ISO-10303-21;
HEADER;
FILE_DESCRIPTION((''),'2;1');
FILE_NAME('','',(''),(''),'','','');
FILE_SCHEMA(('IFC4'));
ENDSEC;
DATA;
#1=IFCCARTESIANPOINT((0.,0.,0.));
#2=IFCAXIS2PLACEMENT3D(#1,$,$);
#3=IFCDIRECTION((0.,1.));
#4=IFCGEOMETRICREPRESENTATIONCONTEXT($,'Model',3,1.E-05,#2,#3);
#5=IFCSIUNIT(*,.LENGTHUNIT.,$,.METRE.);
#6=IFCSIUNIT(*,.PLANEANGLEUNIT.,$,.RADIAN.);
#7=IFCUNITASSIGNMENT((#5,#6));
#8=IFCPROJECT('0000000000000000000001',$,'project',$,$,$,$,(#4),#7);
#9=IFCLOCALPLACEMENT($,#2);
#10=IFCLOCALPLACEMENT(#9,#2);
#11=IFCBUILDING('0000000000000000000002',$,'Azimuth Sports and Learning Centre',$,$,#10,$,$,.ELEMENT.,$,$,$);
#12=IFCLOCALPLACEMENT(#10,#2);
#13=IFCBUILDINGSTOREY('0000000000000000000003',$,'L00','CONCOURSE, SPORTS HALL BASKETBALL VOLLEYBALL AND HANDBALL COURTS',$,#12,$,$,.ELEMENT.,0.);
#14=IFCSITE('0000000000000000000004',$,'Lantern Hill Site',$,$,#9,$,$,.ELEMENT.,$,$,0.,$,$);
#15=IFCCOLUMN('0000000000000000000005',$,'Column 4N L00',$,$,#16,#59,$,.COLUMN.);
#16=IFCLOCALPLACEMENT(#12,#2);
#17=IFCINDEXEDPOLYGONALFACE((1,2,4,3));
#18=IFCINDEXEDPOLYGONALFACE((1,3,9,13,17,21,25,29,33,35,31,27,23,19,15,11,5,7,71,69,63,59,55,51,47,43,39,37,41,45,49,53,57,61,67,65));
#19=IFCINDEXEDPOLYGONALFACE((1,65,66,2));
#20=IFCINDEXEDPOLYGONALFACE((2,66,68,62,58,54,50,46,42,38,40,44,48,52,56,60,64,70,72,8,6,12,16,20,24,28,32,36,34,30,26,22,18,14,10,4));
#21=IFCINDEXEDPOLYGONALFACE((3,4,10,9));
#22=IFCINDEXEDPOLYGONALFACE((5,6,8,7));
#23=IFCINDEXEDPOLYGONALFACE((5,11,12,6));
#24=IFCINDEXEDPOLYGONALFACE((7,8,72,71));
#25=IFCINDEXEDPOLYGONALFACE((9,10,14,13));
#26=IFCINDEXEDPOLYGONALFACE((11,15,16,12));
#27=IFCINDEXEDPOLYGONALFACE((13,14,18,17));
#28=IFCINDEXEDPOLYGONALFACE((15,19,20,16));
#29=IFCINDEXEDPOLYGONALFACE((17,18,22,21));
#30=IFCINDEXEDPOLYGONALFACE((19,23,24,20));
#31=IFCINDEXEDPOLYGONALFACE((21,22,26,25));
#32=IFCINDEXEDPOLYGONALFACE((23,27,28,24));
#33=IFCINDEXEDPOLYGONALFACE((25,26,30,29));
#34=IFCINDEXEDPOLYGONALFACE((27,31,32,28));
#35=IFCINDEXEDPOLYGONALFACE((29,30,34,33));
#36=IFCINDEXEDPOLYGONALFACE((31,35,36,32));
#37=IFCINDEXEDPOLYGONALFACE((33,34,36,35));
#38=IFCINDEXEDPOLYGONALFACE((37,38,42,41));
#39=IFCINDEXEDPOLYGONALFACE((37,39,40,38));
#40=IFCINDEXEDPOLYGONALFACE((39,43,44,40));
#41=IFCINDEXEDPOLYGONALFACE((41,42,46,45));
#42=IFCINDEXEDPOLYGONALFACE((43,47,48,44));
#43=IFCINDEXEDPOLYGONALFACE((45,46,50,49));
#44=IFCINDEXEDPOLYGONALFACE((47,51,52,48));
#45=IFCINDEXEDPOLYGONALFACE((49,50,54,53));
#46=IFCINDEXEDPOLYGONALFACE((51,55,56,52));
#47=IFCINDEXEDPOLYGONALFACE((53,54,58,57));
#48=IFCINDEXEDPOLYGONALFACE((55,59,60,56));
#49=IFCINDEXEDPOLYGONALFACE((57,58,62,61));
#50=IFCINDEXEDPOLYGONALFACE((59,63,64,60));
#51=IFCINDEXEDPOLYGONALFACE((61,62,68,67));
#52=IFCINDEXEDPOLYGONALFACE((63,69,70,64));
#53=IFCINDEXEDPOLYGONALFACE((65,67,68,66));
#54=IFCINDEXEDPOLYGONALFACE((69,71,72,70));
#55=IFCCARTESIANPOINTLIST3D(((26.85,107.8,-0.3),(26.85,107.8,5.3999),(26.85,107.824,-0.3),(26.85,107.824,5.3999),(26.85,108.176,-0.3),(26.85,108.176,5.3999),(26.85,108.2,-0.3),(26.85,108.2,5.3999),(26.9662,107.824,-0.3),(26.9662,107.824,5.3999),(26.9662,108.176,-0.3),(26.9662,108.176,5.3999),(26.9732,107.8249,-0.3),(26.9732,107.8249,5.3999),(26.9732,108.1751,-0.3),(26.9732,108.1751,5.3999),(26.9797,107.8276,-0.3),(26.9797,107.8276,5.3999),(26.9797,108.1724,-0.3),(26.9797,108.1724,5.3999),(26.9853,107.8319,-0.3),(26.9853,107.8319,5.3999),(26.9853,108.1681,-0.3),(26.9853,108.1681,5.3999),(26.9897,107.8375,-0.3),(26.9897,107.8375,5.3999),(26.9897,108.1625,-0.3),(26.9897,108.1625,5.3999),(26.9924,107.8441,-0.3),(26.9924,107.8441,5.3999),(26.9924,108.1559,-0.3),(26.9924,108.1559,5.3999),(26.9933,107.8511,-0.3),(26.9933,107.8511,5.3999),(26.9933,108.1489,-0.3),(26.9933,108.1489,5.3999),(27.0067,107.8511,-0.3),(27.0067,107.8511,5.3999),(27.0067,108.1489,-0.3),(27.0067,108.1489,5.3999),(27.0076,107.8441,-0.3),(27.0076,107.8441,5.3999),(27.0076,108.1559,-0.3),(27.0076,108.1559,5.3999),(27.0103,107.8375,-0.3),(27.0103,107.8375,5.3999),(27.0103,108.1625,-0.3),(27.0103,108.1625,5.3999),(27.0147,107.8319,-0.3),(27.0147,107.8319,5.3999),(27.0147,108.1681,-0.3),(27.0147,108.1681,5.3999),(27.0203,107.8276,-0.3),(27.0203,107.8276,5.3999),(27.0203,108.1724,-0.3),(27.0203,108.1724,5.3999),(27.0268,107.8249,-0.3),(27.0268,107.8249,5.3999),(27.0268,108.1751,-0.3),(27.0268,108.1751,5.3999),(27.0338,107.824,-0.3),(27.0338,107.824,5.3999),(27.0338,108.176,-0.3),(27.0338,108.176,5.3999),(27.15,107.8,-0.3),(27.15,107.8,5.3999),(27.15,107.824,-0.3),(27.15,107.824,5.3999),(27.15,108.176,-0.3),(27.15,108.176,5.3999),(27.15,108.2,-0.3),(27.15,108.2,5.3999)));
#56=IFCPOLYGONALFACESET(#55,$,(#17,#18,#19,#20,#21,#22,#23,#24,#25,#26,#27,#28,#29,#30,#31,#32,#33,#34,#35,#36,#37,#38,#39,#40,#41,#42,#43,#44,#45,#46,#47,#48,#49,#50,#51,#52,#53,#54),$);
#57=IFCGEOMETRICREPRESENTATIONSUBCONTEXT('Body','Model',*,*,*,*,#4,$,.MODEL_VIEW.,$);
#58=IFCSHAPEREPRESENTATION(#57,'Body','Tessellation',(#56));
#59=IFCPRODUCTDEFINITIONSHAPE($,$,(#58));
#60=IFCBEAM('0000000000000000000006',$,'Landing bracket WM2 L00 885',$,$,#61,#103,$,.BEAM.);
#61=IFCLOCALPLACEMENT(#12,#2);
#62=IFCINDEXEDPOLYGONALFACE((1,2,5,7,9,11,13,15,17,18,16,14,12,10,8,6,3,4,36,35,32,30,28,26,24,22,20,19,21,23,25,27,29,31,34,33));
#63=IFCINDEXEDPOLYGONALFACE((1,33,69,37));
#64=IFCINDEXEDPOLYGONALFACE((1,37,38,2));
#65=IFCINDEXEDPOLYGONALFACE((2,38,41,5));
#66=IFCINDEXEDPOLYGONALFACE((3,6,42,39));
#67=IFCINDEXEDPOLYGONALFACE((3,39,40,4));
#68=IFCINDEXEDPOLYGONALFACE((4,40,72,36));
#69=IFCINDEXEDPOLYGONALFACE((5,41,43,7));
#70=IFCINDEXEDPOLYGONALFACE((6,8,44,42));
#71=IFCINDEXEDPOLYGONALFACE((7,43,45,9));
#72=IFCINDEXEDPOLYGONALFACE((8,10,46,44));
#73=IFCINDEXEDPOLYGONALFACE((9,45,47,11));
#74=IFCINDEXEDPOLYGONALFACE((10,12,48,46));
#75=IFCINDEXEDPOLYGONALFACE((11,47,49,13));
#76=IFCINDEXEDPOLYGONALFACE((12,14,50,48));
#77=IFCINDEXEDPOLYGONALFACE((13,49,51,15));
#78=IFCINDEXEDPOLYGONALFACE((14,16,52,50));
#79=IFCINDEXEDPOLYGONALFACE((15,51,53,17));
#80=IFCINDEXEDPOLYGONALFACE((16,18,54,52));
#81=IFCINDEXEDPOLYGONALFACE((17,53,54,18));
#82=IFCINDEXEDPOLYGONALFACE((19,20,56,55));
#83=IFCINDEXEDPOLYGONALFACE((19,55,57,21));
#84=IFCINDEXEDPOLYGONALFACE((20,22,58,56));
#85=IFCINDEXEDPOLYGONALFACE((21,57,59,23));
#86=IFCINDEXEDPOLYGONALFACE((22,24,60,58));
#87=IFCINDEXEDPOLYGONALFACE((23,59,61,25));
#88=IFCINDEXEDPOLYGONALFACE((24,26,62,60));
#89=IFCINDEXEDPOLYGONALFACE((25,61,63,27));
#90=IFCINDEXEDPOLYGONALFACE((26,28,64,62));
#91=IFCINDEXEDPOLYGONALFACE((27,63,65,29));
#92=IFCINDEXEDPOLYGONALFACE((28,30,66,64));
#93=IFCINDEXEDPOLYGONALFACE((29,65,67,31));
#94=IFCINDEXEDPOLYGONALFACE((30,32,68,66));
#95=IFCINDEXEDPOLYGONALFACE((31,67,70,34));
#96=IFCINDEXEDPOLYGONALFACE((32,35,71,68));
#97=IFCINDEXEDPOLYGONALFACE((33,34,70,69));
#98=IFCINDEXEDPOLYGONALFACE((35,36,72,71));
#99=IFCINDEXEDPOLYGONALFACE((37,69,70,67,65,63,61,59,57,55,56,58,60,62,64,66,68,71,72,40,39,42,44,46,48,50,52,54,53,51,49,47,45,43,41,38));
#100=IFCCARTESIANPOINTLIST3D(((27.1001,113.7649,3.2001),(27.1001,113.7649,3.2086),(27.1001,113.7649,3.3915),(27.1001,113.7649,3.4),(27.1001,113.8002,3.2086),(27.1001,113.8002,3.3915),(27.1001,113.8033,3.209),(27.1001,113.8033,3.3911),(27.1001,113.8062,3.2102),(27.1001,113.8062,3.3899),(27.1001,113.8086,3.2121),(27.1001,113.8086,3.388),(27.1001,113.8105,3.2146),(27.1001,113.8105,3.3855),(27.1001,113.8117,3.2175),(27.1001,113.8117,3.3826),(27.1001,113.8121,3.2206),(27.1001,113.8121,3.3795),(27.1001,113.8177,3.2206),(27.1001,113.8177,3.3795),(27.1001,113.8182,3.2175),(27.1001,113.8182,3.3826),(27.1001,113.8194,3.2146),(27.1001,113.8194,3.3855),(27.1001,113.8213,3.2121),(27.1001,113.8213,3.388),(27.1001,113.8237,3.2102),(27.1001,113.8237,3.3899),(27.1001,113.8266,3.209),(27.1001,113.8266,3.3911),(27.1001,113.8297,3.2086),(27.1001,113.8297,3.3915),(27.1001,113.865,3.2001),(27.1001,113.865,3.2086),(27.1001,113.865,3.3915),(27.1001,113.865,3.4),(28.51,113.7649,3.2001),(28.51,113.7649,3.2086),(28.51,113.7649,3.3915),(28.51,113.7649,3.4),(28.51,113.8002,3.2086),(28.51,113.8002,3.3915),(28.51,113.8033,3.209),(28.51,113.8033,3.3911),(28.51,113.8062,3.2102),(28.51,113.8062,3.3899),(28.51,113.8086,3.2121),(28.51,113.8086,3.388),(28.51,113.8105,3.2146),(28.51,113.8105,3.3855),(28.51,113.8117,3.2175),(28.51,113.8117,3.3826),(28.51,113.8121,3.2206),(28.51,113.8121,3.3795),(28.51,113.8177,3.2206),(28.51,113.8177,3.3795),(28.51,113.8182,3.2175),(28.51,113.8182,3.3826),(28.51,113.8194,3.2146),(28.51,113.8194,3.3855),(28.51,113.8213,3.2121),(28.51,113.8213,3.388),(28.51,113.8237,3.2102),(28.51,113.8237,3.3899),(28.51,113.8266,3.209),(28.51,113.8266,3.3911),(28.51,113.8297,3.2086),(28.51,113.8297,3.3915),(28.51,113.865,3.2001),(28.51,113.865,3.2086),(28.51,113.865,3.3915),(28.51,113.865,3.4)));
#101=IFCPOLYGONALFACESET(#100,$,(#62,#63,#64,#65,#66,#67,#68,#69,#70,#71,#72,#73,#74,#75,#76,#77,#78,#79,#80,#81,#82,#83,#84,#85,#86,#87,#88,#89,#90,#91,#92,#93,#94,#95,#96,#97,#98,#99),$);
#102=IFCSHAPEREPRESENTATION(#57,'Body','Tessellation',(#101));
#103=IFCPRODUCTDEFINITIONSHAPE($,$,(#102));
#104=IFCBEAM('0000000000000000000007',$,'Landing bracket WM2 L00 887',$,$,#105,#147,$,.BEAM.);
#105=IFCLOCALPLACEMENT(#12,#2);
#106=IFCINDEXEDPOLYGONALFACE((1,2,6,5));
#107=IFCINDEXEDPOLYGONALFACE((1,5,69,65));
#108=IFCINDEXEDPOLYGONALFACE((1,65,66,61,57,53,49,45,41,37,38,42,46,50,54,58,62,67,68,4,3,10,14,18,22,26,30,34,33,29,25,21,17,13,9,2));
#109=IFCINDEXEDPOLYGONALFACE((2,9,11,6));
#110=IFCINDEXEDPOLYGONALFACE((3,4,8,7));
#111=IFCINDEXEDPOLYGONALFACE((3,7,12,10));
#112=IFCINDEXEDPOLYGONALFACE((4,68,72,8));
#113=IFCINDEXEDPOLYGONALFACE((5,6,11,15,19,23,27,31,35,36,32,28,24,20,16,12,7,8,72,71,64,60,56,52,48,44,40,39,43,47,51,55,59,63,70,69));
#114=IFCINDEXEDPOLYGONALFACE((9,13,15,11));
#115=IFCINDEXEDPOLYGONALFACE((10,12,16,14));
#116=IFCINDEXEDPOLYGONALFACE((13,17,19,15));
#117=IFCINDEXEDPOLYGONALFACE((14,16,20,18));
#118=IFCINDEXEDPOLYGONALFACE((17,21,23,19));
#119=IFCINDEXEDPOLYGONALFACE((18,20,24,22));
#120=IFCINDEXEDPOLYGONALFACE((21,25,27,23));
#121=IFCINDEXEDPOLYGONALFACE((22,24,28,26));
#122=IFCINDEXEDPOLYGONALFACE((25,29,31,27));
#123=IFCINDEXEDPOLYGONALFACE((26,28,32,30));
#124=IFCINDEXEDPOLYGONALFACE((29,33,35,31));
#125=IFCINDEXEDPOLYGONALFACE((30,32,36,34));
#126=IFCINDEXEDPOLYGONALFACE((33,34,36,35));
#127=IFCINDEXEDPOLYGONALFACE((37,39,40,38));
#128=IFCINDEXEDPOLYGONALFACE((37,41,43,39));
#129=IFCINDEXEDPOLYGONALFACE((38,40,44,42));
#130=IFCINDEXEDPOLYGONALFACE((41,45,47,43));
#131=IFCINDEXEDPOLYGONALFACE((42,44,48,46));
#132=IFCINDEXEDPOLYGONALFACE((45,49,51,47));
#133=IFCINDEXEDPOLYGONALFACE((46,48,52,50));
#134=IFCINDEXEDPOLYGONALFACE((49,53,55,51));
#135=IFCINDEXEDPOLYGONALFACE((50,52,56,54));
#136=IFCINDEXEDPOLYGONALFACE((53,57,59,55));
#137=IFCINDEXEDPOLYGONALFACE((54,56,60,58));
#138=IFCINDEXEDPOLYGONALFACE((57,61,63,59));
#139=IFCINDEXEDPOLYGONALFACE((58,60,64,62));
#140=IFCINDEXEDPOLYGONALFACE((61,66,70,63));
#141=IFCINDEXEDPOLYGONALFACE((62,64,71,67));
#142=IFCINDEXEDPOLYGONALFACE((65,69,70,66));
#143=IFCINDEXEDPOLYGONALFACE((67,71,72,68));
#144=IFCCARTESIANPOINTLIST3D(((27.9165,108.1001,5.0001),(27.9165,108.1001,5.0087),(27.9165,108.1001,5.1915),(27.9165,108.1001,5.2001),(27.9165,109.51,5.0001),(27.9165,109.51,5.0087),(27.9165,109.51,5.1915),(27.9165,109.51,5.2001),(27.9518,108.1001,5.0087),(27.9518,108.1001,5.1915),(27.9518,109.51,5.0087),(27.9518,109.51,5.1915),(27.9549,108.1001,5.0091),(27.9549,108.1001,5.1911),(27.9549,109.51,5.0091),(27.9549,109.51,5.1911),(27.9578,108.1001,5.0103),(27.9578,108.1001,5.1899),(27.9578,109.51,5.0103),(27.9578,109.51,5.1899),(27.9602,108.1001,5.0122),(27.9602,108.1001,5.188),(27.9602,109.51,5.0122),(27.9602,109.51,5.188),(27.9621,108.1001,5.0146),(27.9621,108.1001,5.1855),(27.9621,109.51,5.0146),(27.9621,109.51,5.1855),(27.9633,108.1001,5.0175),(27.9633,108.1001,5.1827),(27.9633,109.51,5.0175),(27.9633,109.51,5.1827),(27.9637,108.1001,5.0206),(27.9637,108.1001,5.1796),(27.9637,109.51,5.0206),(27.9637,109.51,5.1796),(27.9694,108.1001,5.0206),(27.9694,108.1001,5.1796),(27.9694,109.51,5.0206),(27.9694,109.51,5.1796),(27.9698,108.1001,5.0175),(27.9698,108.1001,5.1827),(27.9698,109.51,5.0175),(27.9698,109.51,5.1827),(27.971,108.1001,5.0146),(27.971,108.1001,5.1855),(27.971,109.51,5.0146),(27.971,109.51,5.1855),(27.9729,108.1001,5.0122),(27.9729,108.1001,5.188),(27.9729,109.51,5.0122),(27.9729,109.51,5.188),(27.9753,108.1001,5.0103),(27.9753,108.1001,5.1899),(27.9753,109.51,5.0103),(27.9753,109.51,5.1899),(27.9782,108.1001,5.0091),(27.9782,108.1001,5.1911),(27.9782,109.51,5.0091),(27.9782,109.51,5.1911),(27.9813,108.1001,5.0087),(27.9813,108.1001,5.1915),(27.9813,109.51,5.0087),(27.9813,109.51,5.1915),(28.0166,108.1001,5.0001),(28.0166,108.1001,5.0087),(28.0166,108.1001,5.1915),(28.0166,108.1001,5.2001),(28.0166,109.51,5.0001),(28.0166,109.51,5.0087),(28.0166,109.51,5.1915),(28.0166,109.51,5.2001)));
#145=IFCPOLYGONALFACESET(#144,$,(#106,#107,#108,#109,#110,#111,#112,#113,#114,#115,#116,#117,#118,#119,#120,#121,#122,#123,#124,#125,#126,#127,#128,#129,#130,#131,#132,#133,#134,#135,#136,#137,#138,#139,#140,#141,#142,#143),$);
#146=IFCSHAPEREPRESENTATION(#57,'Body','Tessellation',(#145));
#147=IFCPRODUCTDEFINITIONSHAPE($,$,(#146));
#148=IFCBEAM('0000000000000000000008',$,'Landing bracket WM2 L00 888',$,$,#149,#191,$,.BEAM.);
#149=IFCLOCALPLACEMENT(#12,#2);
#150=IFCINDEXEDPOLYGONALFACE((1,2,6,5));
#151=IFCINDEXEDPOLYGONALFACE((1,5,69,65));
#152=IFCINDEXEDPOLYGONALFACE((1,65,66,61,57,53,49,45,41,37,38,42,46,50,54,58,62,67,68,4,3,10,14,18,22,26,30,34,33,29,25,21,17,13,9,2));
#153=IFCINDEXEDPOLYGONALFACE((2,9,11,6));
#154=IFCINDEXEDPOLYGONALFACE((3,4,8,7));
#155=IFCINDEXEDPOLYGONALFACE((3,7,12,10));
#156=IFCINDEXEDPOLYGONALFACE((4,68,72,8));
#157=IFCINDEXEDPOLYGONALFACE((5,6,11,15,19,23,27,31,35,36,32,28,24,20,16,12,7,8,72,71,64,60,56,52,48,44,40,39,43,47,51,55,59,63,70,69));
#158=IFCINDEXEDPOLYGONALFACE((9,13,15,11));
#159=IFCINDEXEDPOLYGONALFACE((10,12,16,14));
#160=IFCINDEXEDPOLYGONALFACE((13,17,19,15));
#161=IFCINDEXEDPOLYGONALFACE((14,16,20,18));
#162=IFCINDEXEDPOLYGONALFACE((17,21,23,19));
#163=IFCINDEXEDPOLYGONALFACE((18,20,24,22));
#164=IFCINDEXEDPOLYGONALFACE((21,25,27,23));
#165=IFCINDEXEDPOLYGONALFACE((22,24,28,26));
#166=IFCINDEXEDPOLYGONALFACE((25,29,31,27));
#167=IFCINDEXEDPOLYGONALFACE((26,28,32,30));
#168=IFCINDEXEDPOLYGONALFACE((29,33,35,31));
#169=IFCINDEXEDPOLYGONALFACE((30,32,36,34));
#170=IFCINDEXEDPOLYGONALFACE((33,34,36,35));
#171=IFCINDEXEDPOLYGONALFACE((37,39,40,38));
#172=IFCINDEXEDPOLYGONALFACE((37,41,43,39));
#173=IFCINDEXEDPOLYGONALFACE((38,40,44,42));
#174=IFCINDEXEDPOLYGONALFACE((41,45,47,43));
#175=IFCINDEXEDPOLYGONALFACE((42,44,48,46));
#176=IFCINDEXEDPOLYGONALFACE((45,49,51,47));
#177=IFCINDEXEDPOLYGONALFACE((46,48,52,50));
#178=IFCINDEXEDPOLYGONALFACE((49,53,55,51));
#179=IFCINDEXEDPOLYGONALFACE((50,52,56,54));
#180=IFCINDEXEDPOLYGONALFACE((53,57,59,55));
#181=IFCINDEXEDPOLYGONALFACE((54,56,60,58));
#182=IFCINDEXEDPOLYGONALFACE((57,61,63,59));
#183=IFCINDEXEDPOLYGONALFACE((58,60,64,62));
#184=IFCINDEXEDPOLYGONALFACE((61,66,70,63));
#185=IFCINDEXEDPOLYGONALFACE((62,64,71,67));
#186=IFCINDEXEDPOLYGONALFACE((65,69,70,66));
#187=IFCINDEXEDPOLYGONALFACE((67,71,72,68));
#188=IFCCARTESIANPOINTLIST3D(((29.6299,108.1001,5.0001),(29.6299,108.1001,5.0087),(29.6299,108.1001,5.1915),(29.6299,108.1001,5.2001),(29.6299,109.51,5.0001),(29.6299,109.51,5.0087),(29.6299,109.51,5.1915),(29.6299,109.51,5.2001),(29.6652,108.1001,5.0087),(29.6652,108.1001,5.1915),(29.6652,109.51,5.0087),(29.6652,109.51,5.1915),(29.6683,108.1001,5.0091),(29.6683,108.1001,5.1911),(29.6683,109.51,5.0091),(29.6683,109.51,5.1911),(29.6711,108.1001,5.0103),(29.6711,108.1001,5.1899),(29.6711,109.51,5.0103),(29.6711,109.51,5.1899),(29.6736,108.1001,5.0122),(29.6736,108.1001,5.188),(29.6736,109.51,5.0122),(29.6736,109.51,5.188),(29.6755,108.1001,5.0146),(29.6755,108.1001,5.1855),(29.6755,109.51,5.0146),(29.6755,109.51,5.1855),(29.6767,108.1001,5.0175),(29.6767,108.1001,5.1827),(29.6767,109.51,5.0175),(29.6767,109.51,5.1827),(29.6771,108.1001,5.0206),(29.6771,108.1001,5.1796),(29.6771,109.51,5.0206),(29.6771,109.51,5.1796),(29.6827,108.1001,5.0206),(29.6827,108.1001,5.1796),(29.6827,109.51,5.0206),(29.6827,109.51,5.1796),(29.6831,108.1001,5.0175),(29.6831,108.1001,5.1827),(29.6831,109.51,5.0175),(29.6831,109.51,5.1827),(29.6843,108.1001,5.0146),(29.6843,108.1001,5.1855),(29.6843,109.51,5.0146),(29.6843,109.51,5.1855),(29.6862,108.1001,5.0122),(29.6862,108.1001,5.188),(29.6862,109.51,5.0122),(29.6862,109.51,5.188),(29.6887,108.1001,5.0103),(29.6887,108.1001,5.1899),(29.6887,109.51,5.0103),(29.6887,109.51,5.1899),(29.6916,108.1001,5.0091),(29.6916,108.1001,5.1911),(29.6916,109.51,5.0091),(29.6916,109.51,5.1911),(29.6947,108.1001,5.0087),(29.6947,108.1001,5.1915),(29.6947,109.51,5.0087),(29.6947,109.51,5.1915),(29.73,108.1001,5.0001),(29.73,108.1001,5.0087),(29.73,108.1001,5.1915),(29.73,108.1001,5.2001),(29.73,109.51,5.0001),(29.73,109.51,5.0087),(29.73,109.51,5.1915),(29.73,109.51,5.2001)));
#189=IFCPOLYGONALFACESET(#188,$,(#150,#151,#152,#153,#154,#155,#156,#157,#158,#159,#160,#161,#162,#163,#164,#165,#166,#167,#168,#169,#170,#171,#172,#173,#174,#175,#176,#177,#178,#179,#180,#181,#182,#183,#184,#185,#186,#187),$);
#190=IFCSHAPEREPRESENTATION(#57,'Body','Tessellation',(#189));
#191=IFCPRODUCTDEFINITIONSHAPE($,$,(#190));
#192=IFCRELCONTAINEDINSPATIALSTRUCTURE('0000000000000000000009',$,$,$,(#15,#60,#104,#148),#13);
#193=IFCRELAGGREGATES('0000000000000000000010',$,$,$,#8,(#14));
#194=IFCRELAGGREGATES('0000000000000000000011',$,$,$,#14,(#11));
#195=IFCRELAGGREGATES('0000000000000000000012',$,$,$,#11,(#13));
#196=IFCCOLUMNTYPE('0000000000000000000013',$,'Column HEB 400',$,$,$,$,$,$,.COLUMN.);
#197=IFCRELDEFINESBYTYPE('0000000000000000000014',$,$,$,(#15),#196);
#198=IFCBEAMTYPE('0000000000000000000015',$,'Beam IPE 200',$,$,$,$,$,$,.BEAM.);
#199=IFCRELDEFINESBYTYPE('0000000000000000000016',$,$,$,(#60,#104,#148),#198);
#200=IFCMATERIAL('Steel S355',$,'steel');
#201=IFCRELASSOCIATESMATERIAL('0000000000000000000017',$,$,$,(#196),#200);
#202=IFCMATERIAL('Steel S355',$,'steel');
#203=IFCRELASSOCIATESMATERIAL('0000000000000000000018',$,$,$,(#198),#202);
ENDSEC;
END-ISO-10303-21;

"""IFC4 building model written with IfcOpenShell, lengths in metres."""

from ifc_helpers import new_model, si_unit, direction, frame, origin, origin_2d, place, context, subcontext, project, spatial, i_section, extrude, material, material_profile, profile_set, type_object, element, save


model = new_model("IFC4")

# Units and contexts
model_context = context("Model", 3, precision=1e-05, world=origin(), true_north=direction((0.0, 1.0)))
body_context = subcontext(model_context, "Body", "Model", "MODEL_VIEW")
ifc_project = project(units=[si_unit("LENGTHUNIT", "METRE"), si_unit("PLANEANGLEUNIT", "RADIAN")], contexts=[model_context])

# Site, building, storey
site_placement = place(None, origin())
site = spatial("IfcSite", under=ifc_project, at=site_placement, Name="Lantern Hill Site", CompositionType="ELEMENT", RefElevation=0.0)
building_placement = place(site_placement, origin())
building = spatial("IfcBuilding", under=site, at=building_placement, Name="Azimuth Sports and Learning Centre", CompositionType="ELEMENT")
storey_placement = place(building_placement, origin())
storey = spatial("IfcBuildingStorey", under=building, at=storey_placement, Name="L00", Description="CONCOURSE, SPORTS HALL BASKETBALL VOLLEYBALL AND HANDBALL COURTS", CompositionType="ELEMENT", Elevation=0.0)

# Column
ifc_material_1 = material(Name="Steel S355", Category="steel")
ifc_material_profile_1 = material_profile(ifc_material_1, i_section(OverallWidth=0.3, OverallDepth=0.3999, WebThickness=0.0134, FlangeThickness=0.0239, FilletRadius=0.0271, at=origin_2d()), Name="HEB 400")
ifc_profile_set_1 = profile_set([ifc_material_profile_1], Name="Steel S355")
column_type = type_object("IfcColumnType", Name="Column HEB 400", PredefinedType="COLUMN", material=ifc_profile_set_1)
for number, where, z_axis, x_axis, name in (
    (1, (27.0, 108.0, -0.3), (0.0, 0.0, 1.0), (1.0, 0.0, 0.0), "Column 4N L00"),
):
    element("IfcColumn", number, at=place(storey_placement, frame(where, z_axis=z_axis, x_axis=x_axis)), inside=storey, type_object=column_type, Name=name, PredefinedType="COLUMN", context=body_context, shape_type="SweptSolid", body=[
        extrude(i_section(OverallWidth=0.3, OverallDepth=0.3999, WebThickness=0.0134, FlangeThickness=0.0239, FilletRadius=0.0271, at=origin_2d()), origin(), (0.0, 0.0, 1.0), 5.7),
    ])

# Beams
ifc_material_2 = material(Name="Steel S355", Category="steel")
ifc_material_profile_2 = material_profile(ifc_material_2, i_section(OverallWidth=0.1001, OverallDepth=0.2, WebThickness=0.0056, FlangeThickness=0.0085, FilletRadius=0.012, at=origin_2d()), Name="IPE 200")
ifc_profile_set_2 = profile_set([ifc_material_profile_2], Name="Steel S355")
beam_type = type_object("IfcBeamType", Name="Beam IPE 200", PredefinedType="BEAM", material=ifc_profile_set_2)
for number, where, z_axis, x_axis, name in (
    (2, (27.1001, 113.8149, 3.3), (1.0, 0.0, 0.0), (0.0, 1.0, 0.0), "Landing bracket WM2 L00 885"),
    (3, (27.9666, 108.1001, 5.1001), (0.0, 1.0, 0.0), (-1.0, 0.0, 0.0), "Landing bracket WM2 L00 887"),
    (4, (29.6799, 108.1001, 5.1001), (0.0, 1.0, 0.0), (-1.0, 0.0, 0.0), "Landing bracket WM2 L00 888"),
):
    element("IfcBeam", number, at=place(storey_placement, frame(where, z_axis=z_axis, x_axis=x_axis)), inside=storey, type_object=beam_type, Name=name, PredefinedType="BEAM", context=body_context, shape_type="SweptSolid", body=[
        extrude(i_section(OverallWidth=0.1001, OverallDepth=0.2, WebThickness=0.0056, FlangeThickness=0.0085, FilletRadius=0.012, at=origin_2d()), origin(), (0.0, 0.0, 1.0), 1.4099),
    ])

save(model, "model.ifc")
